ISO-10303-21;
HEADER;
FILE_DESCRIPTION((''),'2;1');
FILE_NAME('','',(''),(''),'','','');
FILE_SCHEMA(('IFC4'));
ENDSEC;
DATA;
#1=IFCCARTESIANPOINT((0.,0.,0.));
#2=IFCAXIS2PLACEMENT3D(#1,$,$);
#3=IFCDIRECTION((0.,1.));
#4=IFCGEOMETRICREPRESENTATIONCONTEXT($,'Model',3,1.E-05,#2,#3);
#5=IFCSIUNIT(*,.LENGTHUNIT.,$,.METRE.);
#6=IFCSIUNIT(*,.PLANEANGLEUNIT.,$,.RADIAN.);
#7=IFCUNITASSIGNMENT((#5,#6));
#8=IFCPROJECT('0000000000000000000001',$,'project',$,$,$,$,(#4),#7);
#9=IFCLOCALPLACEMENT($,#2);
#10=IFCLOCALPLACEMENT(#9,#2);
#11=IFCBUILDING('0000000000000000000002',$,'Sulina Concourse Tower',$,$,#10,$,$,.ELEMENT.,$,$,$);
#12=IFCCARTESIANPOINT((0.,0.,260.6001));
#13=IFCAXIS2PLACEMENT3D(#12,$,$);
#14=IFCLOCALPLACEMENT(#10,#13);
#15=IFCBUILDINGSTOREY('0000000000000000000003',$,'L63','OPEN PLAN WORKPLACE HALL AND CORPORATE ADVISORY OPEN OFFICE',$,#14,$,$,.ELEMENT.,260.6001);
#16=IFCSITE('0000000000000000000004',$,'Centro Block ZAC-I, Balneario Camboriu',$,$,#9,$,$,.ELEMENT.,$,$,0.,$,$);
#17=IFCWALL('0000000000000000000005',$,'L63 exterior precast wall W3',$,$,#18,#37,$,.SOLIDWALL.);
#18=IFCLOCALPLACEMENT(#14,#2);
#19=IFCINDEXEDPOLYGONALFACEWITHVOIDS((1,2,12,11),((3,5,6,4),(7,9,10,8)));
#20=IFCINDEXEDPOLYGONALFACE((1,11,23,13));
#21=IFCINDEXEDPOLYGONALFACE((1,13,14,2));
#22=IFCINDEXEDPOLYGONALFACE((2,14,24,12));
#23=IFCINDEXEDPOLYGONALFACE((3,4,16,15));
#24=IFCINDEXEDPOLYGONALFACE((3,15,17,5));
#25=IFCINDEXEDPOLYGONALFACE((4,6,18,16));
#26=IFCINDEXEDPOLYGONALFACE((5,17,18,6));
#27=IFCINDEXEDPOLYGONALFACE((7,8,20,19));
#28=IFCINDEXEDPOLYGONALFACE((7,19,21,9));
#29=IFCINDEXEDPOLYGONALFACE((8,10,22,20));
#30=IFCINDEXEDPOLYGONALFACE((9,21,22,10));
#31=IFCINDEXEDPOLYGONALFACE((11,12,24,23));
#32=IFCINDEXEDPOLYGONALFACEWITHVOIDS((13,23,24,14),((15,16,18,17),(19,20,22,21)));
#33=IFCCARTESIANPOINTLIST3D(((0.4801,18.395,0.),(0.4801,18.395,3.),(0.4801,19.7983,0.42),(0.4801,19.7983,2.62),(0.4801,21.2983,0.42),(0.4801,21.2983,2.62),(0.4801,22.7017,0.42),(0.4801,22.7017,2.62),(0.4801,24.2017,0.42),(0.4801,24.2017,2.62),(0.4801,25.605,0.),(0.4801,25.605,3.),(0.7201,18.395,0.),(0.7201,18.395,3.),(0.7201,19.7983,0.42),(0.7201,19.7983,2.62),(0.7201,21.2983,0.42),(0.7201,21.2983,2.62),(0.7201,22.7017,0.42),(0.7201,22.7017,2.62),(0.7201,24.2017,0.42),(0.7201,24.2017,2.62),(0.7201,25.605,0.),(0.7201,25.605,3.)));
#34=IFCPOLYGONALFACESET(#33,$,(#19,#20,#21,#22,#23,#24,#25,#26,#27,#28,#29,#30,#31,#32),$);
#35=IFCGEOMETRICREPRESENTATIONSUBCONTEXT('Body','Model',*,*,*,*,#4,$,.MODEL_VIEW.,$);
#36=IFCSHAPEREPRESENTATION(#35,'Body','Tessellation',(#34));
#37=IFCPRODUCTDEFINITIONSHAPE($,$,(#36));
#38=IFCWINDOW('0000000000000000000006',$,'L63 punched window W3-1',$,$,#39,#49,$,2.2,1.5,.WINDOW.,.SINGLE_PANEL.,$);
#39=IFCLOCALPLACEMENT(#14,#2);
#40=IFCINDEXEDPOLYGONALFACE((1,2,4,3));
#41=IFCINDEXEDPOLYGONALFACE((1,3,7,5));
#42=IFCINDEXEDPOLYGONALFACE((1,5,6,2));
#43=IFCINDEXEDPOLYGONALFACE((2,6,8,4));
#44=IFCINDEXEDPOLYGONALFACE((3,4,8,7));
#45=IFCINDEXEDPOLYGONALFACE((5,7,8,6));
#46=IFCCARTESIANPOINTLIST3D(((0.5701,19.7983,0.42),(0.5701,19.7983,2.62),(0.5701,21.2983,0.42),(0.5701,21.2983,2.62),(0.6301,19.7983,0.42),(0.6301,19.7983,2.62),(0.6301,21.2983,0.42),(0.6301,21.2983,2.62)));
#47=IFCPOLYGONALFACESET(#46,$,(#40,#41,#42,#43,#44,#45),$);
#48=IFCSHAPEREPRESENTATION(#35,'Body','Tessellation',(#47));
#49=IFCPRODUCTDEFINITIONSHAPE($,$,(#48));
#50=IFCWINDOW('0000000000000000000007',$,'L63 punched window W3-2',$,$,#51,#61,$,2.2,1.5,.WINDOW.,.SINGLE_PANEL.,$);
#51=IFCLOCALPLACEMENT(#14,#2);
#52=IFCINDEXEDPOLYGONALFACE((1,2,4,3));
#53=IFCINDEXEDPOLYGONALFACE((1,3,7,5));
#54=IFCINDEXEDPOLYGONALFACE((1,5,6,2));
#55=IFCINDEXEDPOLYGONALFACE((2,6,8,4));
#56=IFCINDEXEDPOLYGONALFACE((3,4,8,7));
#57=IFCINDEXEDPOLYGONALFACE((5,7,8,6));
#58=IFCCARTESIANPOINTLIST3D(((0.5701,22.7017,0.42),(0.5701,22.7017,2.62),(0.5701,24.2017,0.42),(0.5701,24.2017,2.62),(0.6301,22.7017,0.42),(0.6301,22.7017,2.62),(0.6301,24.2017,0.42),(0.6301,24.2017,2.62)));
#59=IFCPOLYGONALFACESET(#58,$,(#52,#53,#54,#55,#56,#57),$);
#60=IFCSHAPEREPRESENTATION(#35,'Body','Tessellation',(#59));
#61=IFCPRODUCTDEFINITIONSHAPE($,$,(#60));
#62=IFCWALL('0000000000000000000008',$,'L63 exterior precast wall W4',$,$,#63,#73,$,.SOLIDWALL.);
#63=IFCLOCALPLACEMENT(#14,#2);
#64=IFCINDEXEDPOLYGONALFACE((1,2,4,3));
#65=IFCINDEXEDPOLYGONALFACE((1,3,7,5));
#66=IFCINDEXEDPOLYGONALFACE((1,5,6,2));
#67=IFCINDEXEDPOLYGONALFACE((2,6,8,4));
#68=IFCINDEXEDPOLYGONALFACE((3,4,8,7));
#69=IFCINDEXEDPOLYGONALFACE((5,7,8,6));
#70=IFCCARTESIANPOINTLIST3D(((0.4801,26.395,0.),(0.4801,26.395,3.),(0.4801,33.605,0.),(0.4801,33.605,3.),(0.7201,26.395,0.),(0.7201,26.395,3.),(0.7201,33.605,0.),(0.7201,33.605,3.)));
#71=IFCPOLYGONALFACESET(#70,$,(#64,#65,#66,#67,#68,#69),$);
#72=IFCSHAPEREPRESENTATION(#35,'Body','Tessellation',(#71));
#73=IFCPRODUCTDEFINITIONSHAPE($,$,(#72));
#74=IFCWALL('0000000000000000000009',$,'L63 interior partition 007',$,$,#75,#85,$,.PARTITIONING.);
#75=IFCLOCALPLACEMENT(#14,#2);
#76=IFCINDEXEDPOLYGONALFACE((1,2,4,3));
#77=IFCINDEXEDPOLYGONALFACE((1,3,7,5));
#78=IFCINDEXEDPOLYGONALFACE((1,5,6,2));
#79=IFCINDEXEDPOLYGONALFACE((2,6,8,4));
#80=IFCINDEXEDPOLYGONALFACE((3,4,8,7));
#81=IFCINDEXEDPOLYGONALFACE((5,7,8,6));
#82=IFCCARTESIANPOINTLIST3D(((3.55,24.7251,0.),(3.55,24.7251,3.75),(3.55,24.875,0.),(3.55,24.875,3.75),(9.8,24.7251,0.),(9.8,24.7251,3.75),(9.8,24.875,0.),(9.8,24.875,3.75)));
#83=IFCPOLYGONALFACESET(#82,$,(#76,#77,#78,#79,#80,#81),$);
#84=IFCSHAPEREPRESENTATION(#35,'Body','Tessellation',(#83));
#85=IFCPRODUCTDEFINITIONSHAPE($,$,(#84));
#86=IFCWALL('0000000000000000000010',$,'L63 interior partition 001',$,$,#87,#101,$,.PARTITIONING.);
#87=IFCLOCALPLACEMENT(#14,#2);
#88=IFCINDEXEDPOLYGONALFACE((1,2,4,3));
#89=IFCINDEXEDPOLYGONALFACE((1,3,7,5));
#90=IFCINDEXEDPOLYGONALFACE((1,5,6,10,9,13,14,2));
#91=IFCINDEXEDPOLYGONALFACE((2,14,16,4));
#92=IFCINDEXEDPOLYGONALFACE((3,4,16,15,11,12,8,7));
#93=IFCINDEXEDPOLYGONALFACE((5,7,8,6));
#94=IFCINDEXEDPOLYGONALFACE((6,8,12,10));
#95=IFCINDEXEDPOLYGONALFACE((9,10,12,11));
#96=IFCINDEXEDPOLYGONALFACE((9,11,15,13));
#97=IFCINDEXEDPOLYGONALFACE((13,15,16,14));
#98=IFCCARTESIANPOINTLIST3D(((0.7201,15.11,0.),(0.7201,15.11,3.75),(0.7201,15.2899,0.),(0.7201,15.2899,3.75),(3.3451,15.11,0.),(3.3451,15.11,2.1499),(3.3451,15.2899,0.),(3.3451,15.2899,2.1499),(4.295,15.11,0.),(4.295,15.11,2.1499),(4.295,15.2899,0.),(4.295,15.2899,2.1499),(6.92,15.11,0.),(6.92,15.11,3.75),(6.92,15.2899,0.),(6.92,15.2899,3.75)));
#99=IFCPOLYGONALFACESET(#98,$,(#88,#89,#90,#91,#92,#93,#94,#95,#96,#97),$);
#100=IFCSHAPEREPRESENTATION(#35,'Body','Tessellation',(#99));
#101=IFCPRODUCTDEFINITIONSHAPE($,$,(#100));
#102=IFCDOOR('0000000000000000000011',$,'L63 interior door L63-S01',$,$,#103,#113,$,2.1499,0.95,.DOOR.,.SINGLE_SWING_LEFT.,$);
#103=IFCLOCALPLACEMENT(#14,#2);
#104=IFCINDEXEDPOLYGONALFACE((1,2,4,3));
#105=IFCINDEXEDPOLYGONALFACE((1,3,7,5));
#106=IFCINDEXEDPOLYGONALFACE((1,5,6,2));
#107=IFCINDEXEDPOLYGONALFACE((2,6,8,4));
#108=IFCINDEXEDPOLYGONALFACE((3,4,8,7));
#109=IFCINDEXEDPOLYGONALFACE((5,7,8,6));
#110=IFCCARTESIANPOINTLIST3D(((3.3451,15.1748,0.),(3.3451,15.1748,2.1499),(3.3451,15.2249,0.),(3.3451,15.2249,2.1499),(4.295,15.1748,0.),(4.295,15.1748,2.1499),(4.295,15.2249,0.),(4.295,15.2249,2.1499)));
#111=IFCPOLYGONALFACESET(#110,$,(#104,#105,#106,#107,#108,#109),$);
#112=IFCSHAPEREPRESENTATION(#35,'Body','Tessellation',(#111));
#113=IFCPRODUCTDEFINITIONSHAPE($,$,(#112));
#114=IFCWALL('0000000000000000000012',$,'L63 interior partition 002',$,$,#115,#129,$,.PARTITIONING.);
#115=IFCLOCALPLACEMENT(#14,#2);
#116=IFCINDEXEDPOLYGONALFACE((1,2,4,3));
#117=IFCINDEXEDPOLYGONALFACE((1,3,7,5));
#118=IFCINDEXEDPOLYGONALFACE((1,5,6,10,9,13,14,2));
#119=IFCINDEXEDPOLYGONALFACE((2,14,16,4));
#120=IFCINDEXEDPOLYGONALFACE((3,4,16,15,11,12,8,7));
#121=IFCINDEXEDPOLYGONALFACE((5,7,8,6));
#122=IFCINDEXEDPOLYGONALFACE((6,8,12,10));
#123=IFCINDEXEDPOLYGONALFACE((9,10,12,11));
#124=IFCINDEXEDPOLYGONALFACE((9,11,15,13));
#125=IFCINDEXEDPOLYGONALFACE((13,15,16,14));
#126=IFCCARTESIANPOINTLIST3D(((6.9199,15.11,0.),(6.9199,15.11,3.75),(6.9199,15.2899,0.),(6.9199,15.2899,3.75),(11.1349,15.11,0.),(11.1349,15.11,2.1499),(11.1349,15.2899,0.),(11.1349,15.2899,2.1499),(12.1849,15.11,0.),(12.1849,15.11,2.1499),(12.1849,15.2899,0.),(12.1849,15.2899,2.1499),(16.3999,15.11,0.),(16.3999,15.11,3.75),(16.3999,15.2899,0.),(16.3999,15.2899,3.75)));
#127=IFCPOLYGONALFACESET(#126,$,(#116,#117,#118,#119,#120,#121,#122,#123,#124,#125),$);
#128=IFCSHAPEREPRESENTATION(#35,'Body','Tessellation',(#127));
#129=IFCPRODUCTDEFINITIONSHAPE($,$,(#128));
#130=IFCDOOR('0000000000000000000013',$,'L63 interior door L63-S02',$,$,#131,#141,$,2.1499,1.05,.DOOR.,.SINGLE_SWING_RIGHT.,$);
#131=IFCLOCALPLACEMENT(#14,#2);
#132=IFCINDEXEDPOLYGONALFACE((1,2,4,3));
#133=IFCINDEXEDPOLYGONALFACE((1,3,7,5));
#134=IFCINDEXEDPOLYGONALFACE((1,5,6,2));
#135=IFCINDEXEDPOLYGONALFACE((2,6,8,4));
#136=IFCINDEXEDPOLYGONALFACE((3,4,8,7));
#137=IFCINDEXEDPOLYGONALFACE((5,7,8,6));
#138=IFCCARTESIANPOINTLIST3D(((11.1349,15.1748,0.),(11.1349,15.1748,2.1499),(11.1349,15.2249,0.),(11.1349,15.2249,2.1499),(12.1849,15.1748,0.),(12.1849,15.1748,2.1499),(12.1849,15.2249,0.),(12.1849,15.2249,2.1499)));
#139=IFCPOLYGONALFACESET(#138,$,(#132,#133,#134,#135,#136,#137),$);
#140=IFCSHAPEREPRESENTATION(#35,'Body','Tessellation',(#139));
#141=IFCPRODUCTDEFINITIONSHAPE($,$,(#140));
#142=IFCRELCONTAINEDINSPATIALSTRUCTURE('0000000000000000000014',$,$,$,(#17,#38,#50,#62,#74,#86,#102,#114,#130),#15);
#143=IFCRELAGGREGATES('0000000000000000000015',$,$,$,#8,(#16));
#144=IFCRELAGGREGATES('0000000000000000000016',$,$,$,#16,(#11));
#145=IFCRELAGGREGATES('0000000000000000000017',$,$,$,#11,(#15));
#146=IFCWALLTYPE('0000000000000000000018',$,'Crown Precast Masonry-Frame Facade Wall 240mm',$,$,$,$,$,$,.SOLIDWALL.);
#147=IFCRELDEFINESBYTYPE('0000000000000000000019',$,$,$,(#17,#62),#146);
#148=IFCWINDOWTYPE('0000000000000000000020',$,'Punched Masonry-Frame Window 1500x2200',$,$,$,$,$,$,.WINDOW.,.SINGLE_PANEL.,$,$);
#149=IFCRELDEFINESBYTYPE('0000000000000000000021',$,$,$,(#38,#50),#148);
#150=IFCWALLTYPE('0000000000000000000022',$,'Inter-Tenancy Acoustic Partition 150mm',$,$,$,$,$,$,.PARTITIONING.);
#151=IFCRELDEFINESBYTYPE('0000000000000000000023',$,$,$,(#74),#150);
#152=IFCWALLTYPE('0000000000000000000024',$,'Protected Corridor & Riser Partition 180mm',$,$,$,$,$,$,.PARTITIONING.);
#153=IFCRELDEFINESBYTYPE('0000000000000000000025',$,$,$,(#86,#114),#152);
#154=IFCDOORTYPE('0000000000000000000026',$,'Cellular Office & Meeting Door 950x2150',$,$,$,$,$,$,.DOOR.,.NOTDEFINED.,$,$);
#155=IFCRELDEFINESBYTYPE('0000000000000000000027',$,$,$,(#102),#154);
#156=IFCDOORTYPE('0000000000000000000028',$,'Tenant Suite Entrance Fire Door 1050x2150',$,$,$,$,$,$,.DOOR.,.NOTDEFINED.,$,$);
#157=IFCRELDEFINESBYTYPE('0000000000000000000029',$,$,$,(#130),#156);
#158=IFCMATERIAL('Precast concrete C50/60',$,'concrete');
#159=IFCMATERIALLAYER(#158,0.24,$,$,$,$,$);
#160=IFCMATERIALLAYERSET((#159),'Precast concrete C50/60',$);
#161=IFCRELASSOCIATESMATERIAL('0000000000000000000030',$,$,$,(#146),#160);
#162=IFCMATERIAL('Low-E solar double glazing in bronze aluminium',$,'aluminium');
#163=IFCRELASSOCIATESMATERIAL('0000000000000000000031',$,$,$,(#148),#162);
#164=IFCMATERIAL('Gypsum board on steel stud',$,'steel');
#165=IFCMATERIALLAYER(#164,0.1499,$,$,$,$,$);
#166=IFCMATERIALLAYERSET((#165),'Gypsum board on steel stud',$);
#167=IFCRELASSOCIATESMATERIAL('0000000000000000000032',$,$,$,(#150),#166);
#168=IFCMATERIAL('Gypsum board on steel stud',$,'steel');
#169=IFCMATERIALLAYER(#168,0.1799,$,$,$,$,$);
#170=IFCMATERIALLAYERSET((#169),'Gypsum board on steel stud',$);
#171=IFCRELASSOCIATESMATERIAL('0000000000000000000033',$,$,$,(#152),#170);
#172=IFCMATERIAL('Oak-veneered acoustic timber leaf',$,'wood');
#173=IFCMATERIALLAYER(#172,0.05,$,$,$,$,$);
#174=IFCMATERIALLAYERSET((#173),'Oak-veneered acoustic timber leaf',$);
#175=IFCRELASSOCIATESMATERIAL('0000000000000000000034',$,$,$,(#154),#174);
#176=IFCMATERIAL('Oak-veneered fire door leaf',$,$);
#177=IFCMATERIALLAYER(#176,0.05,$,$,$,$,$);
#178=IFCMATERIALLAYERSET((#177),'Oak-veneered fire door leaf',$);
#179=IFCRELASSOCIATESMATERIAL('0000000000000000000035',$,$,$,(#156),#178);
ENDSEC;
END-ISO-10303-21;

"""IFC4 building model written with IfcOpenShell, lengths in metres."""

from ifc_helpers import new_model, si_unit, direction, frame, frame_2d, origin, place, context, subcontext, project, spatial, rectangle, extrude, material, layer, layer_set, type_object, element, fill, save


model = new_model("IFC4")

# Units and contexts
model_context = context("Model", 3, precision=1e-05, world=origin(), true_north=direction((0.0, 1.0)))
body_context = subcontext(model_context, "Body", "Model", "MODEL_VIEW")
ifc_project = project(units=[si_unit("LENGTHUNIT", "METRE"), si_unit("PLANEANGLEUNIT", "RADIAN")], contexts=[model_context])

# Site, building, storey
site_placement = place(None, origin())
site = spatial("IfcSite", under=ifc_project, at=site_placement, Name="Centro Block ZAC-I, Balneario Camboriu", CompositionType="ELEMENT", RefElevation=0.0)
building_placement = place(site_placement, origin())
building = spatial("IfcBuilding", under=site, at=building_placement, Name="Sulina Concourse Tower", CompositionType="ELEMENT")
storey_placement = place(building_placement, frame((0.0, 0.0, 260.6001)))
storey = spatial("IfcBuildingStorey", under=building, at=storey_placement, Name="L63", Description="OPEN PLAN WORKPLACE HALL AND CORPORATE ADVISORY OPEN OFFICE", CompositionType="ELEMENT", Elevation=260.6001)

# Wall, openings, windows
ifc_material_1 = material(Name="Precast concrete C50/60", Category="concrete")
ifc_layer_1 = layer(ifc_material_1, 0.24)
ifc_layer_set_1 = layer_set([ifc_layer_1], Name="Precast concrete C50/60")
wall_type_1 = type_object("IfcWallType", Name="Crown Precast Masonry-Frame Facade Wall 240mm", PredefinedType="SOLIDWALL", material=ifc_layer_set_1)
wall_1_placement = place(storey_placement, frame((0.6001, 18.395, 0.0), z_axis=(0.0, 0.0, 1.0), x_axis=(0.0, 1.0, 0.0)))
wall_1 = element("IfcWall", 1, at=wall_1_placement, inside=storey, type_object=wall_type_1, Name="L63 exterior precast wall W3", PredefinedType="SOLIDWALL", context=body_context, shape_type="SweptSolid", body=[
    extrude(rectangle(XDim=7.21, YDim=0.24, at=frame_2d((3.605, 0.0))), origin(), (0.0, 0.0, 1.0), 3.0),
])
opening_1_placement = place(wall_1_placement, frame((1.4033, 0.0, 0.4199)))
opening_1 = element("IfcOpeningElement", 2, at=opening_1_placement, cuts=wall_1, PredefinedType="OPENING", context=body_context, shape_type="SweptSolid", body=[
    extrude(rectangle(XDim=1.5, YDim=2.2, at=frame_2d((0.75, 1.1001))), frame((0.0, 0.1299, 0.0), z_axis=(0.0, -1.0, 0.0), x_axis=(1.0, 0.0, 0.0)), (0.0, 0.0, 1.0), 0.26),
])
opening_2_placement = place(wall_1_placement, frame((4.3066, 0.0, 0.4199)))
opening_2 = element("IfcOpeningElement", 3, at=opening_2_placement, cuts=wall_1, PredefinedType="OPENING", context=body_context, shape_type="SweptSolid", body=[
    extrude(rectangle(XDim=1.5, YDim=2.2, at=frame_2d((0.75, 1.1001))), frame((0.0, 0.1299, 0.0), z_axis=(0.0, -1.0, 0.0), x_axis=(1.0, 0.0, 0.0)), (0.0, 0.0, 1.0), 0.26),
])
ifc_material_2 = material(Name="Low-E solar double glazing in bronze aluminium", Category="aluminium")
window_type = type_object("IfcWindowType", Name="Punched Masonry-Frame Window 1500x2200", PartitioningType="SINGLE_PANEL", PredefinedType="WINDOW", material=ifc_material_2)
window_1_placement = place(opening_1_placement, origin())
window_1 = element("IfcWindow", 4, at=window_1_placement, inside=storey, type_object=window_type, Name="L63 punched window W3-1", OverallHeight=2.2, OverallWidth=1.5, PartitioningType="SINGLE_PANEL", PredefinedType="WINDOW", context=body_context, shape_type="SweptSolid", body=[
    extrude(rectangle(XDim=1.5, YDim=2.2, at=frame_2d((0.75, 1.1001))), frame((0.0, 0.03, 0.0), z_axis=(0.0, -1.0, 0.0), x_axis=(1.0, 0.0, 0.0)), (0.0, 0.0, 1.0), 0.0601),
])
fill(opening_1, window_1)
window_2_placement = place(opening_2_placement, origin())
window_2 = element("IfcWindow", 5, at=window_2_placement, inside=storey, type_object=window_type, Name="L63 punched window W3-2", OverallHeight=2.2, OverallWidth=1.5, PartitioningType="SINGLE_PANEL", PredefinedType="WINDOW", context=body_context, shape_type="SweptSolid", body=[
    extrude(rectangle(XDim=1.5, YDim=2.2, at=frame_2d((0.75, 1.1001))), frame((0.0, 0.03, 0.0), z_axis=(0.0, -1.0, 0.0), x_axis=(1.0, 0.0, 0.0)), (0.0, 0.0, 1.0), 0.0601),
])
fill(opening_2, window_2)

# Walls
wall_2_placement = place(storey_placement, frame((0.6001, 26.395, 0.0), z_axis=(0.0, 0.0, 1.0), x_axis=(0.0, 1.0, 0.0)))
element("IfcWall", 6, at=wall_2_placement, inside=storey, type_object=wall_type_1, Name="L63 exterior precast wall W4", PredefinedType="SOLIDWALL", context=body_context, shape_type="SweptSolid", body=[
    extrude(rectangle(XDim=7.21, YDim=0.24, at=frame_2d((3.605, 0.0))), origin(), (0.0, 0.0, 1.0), 3.0),
])
ifc_material_3 = material(Name="Gypsum board on steel stud", Category="steel")
ifc_layer_2 = layer(ifc_material_3, 0.1499)
ifc_layer_set_2 = layer_set([ifc_layer_2], Name="Gypsum board on steel stud")
wall_type_2 = type_object("IfcWallType", Name="Inter-Tenancy Acoustic Partition 150mm", PredefinedType="PARTITIONING", material=ifc_layer_set_2)
wall_3_placement = place(storey_placement, frame((3.55, 24.8, 0.0), z_axis=(0.0, 0.0, 1.0), x_axis=(1.0, 0.0, 0.0)))
element("IfcWall", 7, at=wall_3_placement, inside=storey, type_object=wall_type_2, Name="L63 interior partition 007", PredefinedType="PARTITIONING", context=body_context, shape_type="SweptSolid", body=[
    extrude(rectangle(XDim=6.25, YDim=0.1499, at=frame_2d((3.125, 0.0))), origin(), (0.0, 0.0, 1.0), 3.75),
])

# Walls, openings, doors
ifc_material_4 = material(Name="Gypsum board on steel stud", Category="steel")
ifc_layer_3 = layer(ifc_material_4, 0.1799)
ifc_layer_set_3 = layer_set([ifc_layer_3], Name="Gypsum board on steel stud")
wall_type_3 = type_object("IfcWallType", Name="Protected Corridor & Riser Partition 180mm", PredefinedType="PARTITIONING", material=ifc_layer_set_3)
wall_4_placement = place(storey_placement, frame((0.72, 15.2, 0.0), z_axis=(0.0, 0.0, 1.0), x_axis=(1.0, 0.0, 0.0)))
wall_4 = element("IfcWall", 8, at=wall_4_placement, inside=storey, type_object=wall_type_3, Name="L63 interior partition 001", PredefinedType="PARTITIONING", context=body_context, shape_type="SweptSolid", body=[
    extrude(rectangle(XDim=6.2, YDim=0.1799, at=frame_2d((3.1001, 0.0))), origin(), (0.0, 0.0, 1.0), 3.75),
])
opening_3_placement = place(wall_4_placement, frame((2.625, 0.0, 0.0)))
opening_3 = element("IfcOpeningElement", 9, at=opening_3_placement, cuts=wall_4, PredefinedType="OPENING", context=body_context, shape_type="SweptSolid", body=[
    extrude(rectangle(XDim=0.95, YDim=2.1499, at=frame_2d((0.4751, 1.075))), frame((0.0, 0.0999, 0.0), z_axis=(0.0, -1.0, 0.0), x_axis=(1.0, 0.0, 0.0)), (0.0, 0.0, 1.0), 0.2),
])
ifc_material_5 = material(Name="Oak-veneered acoustic timber leaf", Category="wood")
ifc_layer_4 = layer(ifc_material_5, 0.05)
ifc_layer_set_4 = layer_set([ifc_layer_4], Name="Oak-veneered acoustic timber leaf")
door_type_1 = type_object("IfcDoorType", Name="Cellular Office & Meeting Door 950x2150", OperationType="NOTDEFINED", PredefinedType="DOOR", material=ifc_layer_set_4)
door_1_placement = place(opening_3_placement, origin())
door_1 = element("IfcDoor", 10, at=door_1_placement, inside=storey, type_object=door_type_1, Name="L63 interior door L63-S01", OperationType="SINGLE_SWING_LEFT", OverallHeight=2.1499, OverallWidth=0.95, PredefinedType="DOOR", context=body_context, shape_type="SweptSolid", body=[
    extrude(rectangle(XDim=0.95, YDim=2.1499, at=frame_2d((0.4751, 1.075))), frame((0.0, 0.0249, 0.0), z_axis=(0.0, -1.0, 0.0), x_axis=(1.0, 0.0, 0.0)), (0.0, 0.0, 1.0), 0.05),
])
fill(opening_3, door_1)
wall_5_placement = place(storey_placement, frame((6.9199, 15.2, 0.0), z_axis=(0.0, 0.0, 1.0), x_axis=(1.0, 0.0, 0.0)))
wall_5 = element("IfcWall", 11, at=wall_5_placement, inside=storey, type_object=wall_type_3, Name="L63 interior partition 002", PredefinedType="PARTITIONING", context=body_context, shape_type="SweptSolid", body=[
    extrude(rectangle(XDim=9.48, YDim=0.1799, at=frame_2d((4.74, 0.0))), origin(), (0.0, 0.0, 1.0), 3.75),
])
opening_4_placement = place(wall_5_placement, frame((4.2151, 0.0, 0.0)))
opening_4 = element("IfcOpeningElement", 12, at=opening_4_placement, cuts=wall_5, PredefinedType="OPENING", context=body_context, shape_type="SweptSolid", body=[
    extrude(rectangle(XDim=1.05, YDim=2.1499, at=frame_2d((0.5249, 1.075))), frame((0.0, 0.0999, 0.0), z_axis=(0.0, -1.0, 0.0), x_axis=(1.0, 0.0, 0.0)), (0.0, 0.0, 1.0), 0.2),
])
ifc_material_6 = material(Name="Oak-veneered fire door leaf")
ifc_layer_5 = layer(ifc_material_6, 0.05)
ifc_layer_set_5 = layer_set([ifc_layer_5], Name="Oak-veneered fire door leaf")
door_type_2 = type_object("IfcDoorType", Name="Tenant Suite Entrance Fire Door 1050x2150", OperationType="NOTDEFINED", PredefinedType="DOOR", material=ifc_layer_set_5)
door_2_placement = place(opening_4_placement, origin())
door_2 = element("IfcDoor", 13, at=door_2_placement, inside=storey, type_object=door_type_2, Name="L63 interior door L63-S02", OperationType="SINGLE_SWING_RIGHT", OverallHeight=2.1499, OverallWidth=1.05, PredefinedType="DOOR", context=body_context, shape_type="SweptSolid", body=[
    extrude(rectangle(XDim=1.05, YDim=2.1499, at=frame_2d((0.5249, 1.075))), frame((0.0, 0.0249, 0.0), z_axis=(0.0, -1.0, 0.0), x_axis=(1.0, 0.0, 0.0)), (0.0, 0.0, 1.0), 0.05),
])
fill(opening_4, door_2)

save(model, "model.ifc")
